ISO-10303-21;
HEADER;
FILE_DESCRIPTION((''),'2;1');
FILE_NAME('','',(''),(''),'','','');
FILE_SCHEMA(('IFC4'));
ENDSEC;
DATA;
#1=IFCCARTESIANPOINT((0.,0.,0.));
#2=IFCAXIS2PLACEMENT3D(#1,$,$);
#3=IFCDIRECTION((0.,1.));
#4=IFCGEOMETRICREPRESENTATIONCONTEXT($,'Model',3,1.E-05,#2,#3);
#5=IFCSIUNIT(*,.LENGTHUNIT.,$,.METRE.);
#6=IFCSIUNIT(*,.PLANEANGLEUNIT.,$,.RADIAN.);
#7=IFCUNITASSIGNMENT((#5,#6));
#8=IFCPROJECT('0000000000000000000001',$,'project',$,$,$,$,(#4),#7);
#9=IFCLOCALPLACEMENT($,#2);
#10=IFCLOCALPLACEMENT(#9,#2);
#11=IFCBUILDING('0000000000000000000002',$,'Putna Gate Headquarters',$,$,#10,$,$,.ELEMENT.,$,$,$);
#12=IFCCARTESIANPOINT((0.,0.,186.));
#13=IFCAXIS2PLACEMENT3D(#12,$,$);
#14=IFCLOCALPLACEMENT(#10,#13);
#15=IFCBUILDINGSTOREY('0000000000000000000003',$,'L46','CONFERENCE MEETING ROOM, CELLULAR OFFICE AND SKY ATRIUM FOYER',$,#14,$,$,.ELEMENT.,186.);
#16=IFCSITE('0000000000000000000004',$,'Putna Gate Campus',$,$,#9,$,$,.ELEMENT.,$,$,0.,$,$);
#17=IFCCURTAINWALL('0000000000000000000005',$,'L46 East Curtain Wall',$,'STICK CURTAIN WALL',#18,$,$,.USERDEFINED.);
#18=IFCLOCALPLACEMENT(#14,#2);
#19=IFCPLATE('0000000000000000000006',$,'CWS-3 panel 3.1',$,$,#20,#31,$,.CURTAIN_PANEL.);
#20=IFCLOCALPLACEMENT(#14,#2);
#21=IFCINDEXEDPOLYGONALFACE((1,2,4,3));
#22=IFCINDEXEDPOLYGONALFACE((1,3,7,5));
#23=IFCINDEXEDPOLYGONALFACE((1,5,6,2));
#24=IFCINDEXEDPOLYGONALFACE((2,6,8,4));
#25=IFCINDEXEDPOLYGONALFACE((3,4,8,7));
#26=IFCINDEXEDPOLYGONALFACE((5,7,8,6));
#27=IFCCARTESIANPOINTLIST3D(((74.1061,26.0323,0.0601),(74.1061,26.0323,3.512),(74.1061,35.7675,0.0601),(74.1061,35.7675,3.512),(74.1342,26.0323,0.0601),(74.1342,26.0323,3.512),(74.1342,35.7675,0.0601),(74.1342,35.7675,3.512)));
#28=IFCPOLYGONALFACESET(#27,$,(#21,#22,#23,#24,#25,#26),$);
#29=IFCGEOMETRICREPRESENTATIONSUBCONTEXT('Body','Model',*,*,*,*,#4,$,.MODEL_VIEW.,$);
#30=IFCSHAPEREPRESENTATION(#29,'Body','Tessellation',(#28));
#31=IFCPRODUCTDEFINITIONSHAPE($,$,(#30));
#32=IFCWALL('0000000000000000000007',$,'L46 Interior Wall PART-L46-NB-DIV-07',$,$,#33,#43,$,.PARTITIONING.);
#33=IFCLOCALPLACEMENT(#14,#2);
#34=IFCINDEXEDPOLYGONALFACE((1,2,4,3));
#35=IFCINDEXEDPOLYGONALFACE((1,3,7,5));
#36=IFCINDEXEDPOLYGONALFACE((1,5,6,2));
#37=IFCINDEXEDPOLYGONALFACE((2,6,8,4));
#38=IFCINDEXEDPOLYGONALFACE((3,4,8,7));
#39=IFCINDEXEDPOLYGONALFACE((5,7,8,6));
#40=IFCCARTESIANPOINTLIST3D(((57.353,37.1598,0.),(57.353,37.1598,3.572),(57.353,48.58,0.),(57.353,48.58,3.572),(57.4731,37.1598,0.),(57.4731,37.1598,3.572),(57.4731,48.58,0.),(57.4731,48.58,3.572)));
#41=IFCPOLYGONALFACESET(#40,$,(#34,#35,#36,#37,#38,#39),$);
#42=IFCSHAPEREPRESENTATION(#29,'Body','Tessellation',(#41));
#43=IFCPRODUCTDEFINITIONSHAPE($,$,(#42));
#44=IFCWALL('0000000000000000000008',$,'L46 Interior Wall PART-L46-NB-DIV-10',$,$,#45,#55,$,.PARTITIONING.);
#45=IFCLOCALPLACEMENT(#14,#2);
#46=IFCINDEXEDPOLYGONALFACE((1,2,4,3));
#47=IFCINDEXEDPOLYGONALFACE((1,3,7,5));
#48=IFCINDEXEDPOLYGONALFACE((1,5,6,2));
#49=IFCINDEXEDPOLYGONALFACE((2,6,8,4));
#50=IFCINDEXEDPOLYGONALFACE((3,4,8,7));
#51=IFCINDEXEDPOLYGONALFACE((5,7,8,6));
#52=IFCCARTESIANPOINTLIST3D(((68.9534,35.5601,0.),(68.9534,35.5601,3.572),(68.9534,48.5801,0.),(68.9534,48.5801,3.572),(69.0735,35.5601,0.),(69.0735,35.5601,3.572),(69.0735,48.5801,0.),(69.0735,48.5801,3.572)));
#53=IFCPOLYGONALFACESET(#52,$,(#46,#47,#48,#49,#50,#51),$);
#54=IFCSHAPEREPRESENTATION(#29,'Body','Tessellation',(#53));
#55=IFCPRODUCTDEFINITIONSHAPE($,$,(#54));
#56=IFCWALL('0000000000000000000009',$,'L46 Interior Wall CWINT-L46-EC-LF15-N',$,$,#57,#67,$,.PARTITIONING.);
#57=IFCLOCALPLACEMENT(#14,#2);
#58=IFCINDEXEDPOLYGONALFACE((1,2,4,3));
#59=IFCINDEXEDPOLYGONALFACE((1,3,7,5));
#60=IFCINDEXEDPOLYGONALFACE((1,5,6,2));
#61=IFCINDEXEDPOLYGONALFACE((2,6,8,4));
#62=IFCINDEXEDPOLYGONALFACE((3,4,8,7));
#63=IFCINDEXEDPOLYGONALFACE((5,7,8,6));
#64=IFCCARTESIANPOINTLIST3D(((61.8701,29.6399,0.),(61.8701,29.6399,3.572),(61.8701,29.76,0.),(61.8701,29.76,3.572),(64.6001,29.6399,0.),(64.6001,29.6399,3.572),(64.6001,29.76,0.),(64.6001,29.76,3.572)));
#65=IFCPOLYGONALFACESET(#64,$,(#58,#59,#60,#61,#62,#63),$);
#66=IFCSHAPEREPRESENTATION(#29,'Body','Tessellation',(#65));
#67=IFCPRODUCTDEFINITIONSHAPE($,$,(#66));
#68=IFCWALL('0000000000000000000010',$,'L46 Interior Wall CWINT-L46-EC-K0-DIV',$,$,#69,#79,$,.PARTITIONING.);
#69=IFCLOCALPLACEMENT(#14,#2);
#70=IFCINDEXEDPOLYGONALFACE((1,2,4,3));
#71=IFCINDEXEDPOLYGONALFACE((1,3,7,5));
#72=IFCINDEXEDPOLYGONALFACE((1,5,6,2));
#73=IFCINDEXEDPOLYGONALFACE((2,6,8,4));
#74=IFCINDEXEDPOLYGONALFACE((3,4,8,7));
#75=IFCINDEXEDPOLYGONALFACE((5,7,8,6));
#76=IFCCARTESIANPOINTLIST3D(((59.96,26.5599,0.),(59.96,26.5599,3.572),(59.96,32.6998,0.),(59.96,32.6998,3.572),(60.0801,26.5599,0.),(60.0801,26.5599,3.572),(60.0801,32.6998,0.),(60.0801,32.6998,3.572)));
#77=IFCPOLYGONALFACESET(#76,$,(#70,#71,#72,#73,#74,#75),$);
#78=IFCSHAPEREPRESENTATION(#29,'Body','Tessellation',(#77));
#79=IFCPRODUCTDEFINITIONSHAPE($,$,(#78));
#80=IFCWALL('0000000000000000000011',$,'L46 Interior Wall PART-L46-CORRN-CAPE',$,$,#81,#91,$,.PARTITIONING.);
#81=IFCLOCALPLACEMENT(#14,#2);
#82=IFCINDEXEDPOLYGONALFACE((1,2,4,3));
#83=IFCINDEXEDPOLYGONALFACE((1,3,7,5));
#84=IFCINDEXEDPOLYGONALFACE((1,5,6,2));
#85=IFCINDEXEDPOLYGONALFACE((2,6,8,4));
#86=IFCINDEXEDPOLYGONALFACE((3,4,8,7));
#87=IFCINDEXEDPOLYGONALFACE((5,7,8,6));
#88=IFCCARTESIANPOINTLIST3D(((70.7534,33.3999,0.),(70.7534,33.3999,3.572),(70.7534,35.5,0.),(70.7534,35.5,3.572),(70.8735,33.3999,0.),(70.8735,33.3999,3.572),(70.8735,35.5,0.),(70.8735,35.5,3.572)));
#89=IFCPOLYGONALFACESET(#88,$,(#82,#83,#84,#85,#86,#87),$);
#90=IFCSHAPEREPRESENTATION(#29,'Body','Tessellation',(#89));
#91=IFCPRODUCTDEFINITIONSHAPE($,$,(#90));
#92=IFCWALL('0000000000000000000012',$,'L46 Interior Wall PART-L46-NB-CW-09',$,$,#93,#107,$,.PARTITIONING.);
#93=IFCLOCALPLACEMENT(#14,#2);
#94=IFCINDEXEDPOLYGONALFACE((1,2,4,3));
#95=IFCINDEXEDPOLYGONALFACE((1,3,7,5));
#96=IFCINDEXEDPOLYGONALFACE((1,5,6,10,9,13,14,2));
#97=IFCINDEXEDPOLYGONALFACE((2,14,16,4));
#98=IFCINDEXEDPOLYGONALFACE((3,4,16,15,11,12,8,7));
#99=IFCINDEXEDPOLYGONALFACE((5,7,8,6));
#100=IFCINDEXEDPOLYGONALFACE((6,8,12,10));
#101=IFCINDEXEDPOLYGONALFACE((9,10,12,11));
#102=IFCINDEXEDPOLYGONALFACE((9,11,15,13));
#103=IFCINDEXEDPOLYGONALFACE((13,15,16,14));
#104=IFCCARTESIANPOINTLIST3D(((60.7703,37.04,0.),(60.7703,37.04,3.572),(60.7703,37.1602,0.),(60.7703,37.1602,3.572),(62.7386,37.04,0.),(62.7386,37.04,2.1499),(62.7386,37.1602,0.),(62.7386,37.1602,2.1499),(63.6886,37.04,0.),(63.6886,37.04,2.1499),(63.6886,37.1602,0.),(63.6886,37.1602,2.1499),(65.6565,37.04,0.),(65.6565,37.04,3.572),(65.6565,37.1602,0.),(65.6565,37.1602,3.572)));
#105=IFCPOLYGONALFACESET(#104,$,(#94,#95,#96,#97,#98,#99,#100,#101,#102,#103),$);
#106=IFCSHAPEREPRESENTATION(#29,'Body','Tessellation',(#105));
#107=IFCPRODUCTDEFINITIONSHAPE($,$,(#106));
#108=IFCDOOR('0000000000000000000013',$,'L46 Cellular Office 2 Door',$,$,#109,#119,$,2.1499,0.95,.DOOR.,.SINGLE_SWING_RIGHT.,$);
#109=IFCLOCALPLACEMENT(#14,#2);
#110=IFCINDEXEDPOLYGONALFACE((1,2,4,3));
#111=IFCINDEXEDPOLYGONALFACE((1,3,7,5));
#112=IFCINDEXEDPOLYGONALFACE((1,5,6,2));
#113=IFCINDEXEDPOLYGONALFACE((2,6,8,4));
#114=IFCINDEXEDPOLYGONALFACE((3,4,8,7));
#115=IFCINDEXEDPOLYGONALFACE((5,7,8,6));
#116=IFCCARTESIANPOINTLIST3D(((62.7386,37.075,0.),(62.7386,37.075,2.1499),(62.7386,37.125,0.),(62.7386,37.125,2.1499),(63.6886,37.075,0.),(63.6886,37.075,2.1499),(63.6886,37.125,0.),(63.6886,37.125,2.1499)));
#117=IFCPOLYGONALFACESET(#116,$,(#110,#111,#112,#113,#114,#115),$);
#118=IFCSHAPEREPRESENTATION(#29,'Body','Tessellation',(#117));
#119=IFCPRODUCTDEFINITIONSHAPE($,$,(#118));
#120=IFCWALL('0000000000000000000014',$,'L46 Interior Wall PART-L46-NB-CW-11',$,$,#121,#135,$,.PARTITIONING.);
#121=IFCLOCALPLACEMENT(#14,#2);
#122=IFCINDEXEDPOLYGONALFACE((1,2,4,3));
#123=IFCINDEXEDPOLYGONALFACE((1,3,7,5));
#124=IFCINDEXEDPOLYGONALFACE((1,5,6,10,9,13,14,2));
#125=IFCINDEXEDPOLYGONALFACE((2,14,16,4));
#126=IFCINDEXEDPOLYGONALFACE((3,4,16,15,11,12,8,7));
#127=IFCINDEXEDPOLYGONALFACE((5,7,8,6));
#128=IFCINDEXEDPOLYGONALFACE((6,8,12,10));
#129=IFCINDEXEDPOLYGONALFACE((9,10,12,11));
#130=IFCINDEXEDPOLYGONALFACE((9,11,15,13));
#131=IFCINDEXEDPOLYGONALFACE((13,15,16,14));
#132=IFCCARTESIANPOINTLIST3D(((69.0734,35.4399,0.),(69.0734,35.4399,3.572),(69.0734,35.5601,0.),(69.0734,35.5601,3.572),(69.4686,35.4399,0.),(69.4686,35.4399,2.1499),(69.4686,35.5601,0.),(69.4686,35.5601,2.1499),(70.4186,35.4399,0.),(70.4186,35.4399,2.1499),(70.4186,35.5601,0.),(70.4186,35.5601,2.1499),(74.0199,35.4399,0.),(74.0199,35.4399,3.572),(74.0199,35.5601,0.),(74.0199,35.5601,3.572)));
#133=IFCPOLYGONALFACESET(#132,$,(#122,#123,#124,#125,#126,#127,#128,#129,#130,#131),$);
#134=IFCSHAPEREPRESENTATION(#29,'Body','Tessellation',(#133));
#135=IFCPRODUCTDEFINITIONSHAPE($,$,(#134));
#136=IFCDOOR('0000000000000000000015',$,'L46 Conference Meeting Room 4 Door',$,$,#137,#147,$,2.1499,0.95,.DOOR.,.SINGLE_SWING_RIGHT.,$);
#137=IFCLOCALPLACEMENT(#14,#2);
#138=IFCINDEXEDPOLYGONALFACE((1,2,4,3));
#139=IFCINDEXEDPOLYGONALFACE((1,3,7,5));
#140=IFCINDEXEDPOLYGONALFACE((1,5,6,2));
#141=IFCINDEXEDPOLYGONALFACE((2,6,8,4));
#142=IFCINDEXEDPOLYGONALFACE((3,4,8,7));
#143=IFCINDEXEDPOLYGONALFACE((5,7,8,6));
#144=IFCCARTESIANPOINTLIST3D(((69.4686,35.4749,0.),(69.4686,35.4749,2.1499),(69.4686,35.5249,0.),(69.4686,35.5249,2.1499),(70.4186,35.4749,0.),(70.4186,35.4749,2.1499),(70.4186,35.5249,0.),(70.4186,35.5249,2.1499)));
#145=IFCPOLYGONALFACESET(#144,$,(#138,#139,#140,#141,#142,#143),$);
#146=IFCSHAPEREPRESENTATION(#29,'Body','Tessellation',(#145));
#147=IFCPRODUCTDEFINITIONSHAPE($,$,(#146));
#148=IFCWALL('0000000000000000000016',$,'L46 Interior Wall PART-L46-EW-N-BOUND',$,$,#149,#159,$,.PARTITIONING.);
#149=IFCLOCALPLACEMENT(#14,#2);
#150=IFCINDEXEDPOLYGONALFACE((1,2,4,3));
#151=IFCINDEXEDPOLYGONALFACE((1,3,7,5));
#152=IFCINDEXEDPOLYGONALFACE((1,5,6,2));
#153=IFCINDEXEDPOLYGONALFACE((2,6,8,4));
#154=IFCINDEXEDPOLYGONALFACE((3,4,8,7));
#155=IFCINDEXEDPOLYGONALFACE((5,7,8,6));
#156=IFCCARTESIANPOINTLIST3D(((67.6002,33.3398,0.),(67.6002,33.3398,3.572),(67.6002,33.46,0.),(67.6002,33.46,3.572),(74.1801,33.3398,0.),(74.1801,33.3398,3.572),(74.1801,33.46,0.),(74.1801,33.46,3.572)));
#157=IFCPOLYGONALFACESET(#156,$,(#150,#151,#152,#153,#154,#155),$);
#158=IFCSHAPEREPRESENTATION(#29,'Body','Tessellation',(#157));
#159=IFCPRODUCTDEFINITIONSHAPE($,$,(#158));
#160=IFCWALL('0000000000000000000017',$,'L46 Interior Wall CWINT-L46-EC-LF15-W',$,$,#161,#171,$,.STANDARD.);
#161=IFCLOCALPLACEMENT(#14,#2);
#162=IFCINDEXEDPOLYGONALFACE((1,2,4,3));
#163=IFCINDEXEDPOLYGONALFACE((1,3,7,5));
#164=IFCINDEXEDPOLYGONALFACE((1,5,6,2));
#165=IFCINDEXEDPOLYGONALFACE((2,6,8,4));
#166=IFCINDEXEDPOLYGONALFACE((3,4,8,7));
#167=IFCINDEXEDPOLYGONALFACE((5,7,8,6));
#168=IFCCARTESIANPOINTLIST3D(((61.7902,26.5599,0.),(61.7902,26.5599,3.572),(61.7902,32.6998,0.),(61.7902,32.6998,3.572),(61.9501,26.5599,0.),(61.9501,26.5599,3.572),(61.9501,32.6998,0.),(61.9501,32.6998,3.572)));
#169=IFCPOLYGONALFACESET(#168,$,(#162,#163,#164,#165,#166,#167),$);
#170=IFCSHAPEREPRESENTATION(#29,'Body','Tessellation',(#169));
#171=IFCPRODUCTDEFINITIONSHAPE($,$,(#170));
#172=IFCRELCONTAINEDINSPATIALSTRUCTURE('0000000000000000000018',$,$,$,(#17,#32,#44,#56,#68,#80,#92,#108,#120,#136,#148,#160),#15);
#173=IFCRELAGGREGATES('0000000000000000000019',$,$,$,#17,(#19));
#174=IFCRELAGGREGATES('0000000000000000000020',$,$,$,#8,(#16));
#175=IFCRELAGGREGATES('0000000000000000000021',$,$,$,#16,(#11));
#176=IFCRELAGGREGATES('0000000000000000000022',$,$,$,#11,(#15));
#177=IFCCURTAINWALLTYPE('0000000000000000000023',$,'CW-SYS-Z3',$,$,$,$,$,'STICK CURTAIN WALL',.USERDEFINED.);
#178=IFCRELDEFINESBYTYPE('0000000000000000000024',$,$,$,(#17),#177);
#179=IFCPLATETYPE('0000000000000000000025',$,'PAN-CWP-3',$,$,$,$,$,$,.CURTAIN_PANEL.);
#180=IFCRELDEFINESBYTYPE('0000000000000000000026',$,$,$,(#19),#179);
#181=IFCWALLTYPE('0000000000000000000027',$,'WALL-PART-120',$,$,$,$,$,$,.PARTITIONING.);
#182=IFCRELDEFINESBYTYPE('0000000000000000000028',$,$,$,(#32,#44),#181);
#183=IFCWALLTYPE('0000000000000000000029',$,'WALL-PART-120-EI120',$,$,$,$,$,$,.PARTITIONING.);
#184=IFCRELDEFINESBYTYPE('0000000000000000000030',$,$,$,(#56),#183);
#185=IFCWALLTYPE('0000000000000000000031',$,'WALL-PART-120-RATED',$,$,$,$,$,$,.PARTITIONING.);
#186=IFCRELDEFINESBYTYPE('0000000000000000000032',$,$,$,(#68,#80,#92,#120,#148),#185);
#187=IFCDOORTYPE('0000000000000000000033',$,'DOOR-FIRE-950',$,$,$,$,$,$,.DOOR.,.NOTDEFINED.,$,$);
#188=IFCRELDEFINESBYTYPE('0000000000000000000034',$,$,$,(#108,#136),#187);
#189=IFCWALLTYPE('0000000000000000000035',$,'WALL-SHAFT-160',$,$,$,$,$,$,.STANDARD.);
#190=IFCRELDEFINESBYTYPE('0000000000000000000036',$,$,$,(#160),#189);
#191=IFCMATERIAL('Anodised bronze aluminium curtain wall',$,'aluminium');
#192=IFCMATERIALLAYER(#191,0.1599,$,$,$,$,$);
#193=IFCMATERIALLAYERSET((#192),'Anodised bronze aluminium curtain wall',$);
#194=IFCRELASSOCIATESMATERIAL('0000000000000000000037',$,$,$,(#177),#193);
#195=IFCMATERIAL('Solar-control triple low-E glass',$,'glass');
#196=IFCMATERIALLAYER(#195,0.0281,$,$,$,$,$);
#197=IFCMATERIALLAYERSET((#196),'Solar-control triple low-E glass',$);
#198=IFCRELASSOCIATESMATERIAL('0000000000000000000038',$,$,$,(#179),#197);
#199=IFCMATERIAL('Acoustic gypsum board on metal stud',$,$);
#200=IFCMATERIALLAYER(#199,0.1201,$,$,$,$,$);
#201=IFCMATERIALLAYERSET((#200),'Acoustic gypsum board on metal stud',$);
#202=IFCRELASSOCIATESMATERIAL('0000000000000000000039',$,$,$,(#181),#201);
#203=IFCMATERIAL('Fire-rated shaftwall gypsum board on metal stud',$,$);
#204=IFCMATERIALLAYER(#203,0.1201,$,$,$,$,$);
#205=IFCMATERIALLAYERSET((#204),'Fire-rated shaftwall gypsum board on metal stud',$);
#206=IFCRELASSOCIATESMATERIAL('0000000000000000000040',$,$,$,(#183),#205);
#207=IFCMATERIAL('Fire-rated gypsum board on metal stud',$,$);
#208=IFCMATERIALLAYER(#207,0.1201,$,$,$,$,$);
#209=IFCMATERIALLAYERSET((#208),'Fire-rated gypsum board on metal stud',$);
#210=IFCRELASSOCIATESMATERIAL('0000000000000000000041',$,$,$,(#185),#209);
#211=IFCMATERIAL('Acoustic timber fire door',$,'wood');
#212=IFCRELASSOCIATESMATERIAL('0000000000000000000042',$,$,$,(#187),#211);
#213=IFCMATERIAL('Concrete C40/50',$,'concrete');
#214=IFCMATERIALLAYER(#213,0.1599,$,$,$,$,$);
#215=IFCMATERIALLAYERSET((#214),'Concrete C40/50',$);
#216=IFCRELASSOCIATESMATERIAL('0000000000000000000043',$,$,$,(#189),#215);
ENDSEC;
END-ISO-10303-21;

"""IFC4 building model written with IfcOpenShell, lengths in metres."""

from ifc_helpers import new_model, si_unit, direction, frame, frame_2d, origin, origin_2d, place, context, subcontext, project, spatial, rectangle, extrude, material, layer, layer_set, type_object, element, fill, aggregate, save


model = new_model("IFC4")

# Units and contexts
model_context = context("Model", 3, precision=1e-05, world=origin(), true_north=direction((0.0, 1.0)))
body_context = subcontext(model_context, "Body", "Model", "MODEL_VIEW")
ifc_project = project(units=[si_unit("LENGTHUNIT", "METRE"), si_unit("PLANEANGLEUNIT", "RADIAN")], contexts=[model_context])

# Site, building, storey
site_placement = place(None, origin())
site = spatial("IfcSite", under=ifc_project, at=site_placement, Name="Putna Gate Campus", CompositionType="ELEMENT", RefElevation=0.0)
building_placement = place(site_placement, origin())
building = spatial("IfcBuilding", under=site, at=building_placement, Name="Putna Gate Headquarters", CompositionType="ELEMENT")
storey_placement = place(building_placement, frame((0.0, 0.0, 186.0)))
storey = spatial("IfcBuildingStorey", under=building, at=storey_placement, Name="L46", Description="CONFERENCE MEETING ROOM, CELLULAR OFFICE AND SKY ATRIUM FOYER", CompositionType="ELEMENT", Elevation=186.0)

# Curtain wall, plate
ifc_material_1 = material(Name="Anodised bronze aluminium curtain wall", Category="aluminium")
ifc_layer_1 = layer(ifc_material_1, 0.1599)
ifc_layer_set_1 = layer_set([ifc_layer_1], Name="Anodised bronze aluminium curtain wall")
curtain_wall_type = type_object("IfcCurtainWallType", Name="CW-SYS-Z3", ElementType="STICK CURTAIN WALL", PredefinedType="USERDEFINED", material=ifc_layer_set_1)
curtain_wall_placement = place(storey_placement, origin())
curtain_wall = element("IfcCurtainWall", 1, at=curtain_wall_placement, inside=storey, type_object=curtain_wall_type, Name="L46 East Curtain Wall", ObjectType="STICK CURTAIN WALL", PredefinedType="USERDEFINED")
ifc_material_2 = material(Name="Solar-control triple low-E glass", Category="glass")
ifc_layer_2 = layer(ifc_material_2, 0.0281)
ifc_layer_set_2 = layer_set([ifc_layer_2], Name="Solar-control triple low-E glass")
plate_type = type_object("IfcPlateType", Name="PAN-CWP-3", PredefinedType="CURTAIN_PANEL", material=ifc_layer_set_2)
plate_placement = place(storey_placement, frame((74.1201, 30.8999, 0.0601), z_axis=(0.0, 0.0, 1.0), x_axis=(0.0, 1.0, 0.0)))
plate = element("IfcPlate", 2, at=plate_placement, type_object=plate_type, Name="CWS-3 panel 3.1", PredefinedType="CURTAIN_PANEL", context=body_context, shape_type="SweptSolid", body=[
    extrude(rectangle(XDim=9.7351, YDim=0.0281, at=origin_2d()), origin(), (0.0, 0.0, 1.0), 3.4519),
])
aggregate(curtain_wall, [plate])

# Walls
ifc_material_3 = material(Name="Acoustic gypsum board on metal stud")
ifc_layer_3 = layer(ifc_material_3, 0.1201)
ifc_layer_set_3 = layer_set([ifc_layer_3], Name="Acoustic gypsum board on metal stud")
wall_type_1 = type_object("IfcWallType", Name="WALL-PART-120", PredefinedType="PARTITIONING", material=ifc_layer_set_3)
wall_1_placement = place(storey_placement, frame((57.4131, 37.1599, 0.0), z_axis=(0.0, 0.0, 1.0), x_axis=(0.0, 1.0, 0.0)))
element("IfcWall", 3, at=wall_1_placement, inside=storey, type_object=wall_type_1, Name="L46 Interior Wall PART-L46-NB-DIV-07", PredefinedType="PARTITIONING", context=body_context, shape_type="SweptSolid", body=[
    extrude(rectangle(XDim=11.4202, YDim=0.1201, at=frame_2d((5.71, 0.0))), origin(), (0.0, 0.0, 1.0), 3.572),
])
wall_2_placement = place(storey_placement, frame((69.0134, 35.5601, 0.0), z_axis=(0.0, 0.0, 1.0), x_axis=(0.0, 1.0, 0.0)))
element("IfcWall", 4, at=wall_2_placement, inside=storey, type_object=wall_type_1, Name="L46 Interior Wall PART-L46-NB-DIV-10", PredefinedType="PARTITIONING", context=body_context, shape_type="SweptSolid", body=[
    extrude(rectangle(XDim=13.02, YDim=0.1201, at=frame_2d((6.51, 0.0))), origin(), (0.0, 0.0, 1.0), 3.572),
])
ifc_material_4 = material(Name="Fire-rated shaftwall gypsum board on metal stud")
ifc_layer_4 = layer(ifc_material_4, 0.1201)
ifc_layer_set_4 = layer_set([ifc_layer_4], Name="Fire-rated shaftwall gypsum board on metal stud")
wall_type_2 = type_object("IfcWallType", Name="WALL-PART-120-EI120", PredefinedType="PARTITIONING", material=ifc_layer_set_4)
wall_3_placement = place(storey_placement, frame((61.8701, 29.7, 0.0), z_axis=(0.0, 0.0, 1.0), x_axis=(1.0, 0.0, 0.0)))
element("IfcWall", 5, at=wall_3_placement, inside=storey, type_object=wall_type_2, Name="L46 Interior Wall CWINT-L46-EC-LF15-N", PredefinedType="PARTITIONING", context=body_context, shape_type="SweptSolid", body=[
    extrude(rectangle(XDim=2.73, YDim=0.1201, at=frame_2d((1.365, 0.0))), origin(), (0.0, 0.0, 1.0), 3.572),
])
ifc_material_5 = material(Name="Fire-rated gypsum board on metal stud")
ifc_layer_5 = layer(ifc_material_5, 0.1201)
ifc_layer_set_5 = layer_set([ifc_layer_5], Name="Fire-rated gypsum board on metal stud")
wall_type_3 = type_object("IfcWallType", Name="WALL-PART-120-RATED", PredefinedType="PARTITIONING", material=ifc_layer_set_5)
wall_4_placement = place(storey_placement, frame((60.02, 26.5601, 0.0), z_axis=(0.0, 0.0, 1.0), x_axis=(0.0, 1.0, 0.0)))
element("IfcWall", 6, at=wall_4_placement, inside=storey, type_object=wall_type_3, Name="L46 Interior Wall CWINT-L46-EC-K0-DIV", PredefinedType="PARTITIONING", context=body_context, shape_type="SweptSolid", body=[
    extrude(rectangle(XDim=6.1399, YDim=0.1201, at=frame_2d((3.0698, 0.0))), origin(), (0.0, 0.0, 1.0), 3.572),
])
wall_5_placement = place(storey_placement, frame((70.8135, 33.3999, 0.0), z_axis=(0.0, 0.0, 1.0), x_axis=(0.0, 1.0, 0.0)))
element("IfcWall", 7, at=wall_5_placement, inside=storey, type_object=wall_type_3, Name="L46 Interior Wall PART-L46-CORRN-CAPE", PredefinedType="PARTITIONING", context=body_context, shape_type="SweptSolid", body=[
    extrude(rectangle(XDim=2.1001, YDim=0.1201, at=frame_2d((1.05, 0.0))), origin(), (0.0, 0.0, 1.0), 3.572),
])

# Walls, openings, doors
ifc_material_6 = material(Name="Acoustic timber fire door", Category="wood")
door_type = type_object("IfcDoorType", Name="DOOR-FIRE-950", OperationType="NOTDEFINED", PredefinedType="DOOR", material=ifc_material_6)
wall_6_placement = place(storey_placement, frame((60.7703, 37.1001, 0.0), z_axis=(0.0, 0.0, 1.0), x_axis=(1.0, 0.0, 0.0)))
wall_6 = element("IfcWall", 8, at=wall_6_placement, inside=storey, type_object=wall_type_3, Name="L46 Interior Wall PART-L46-NB-CW-09", PredefinedType="PARTITIONING", context=body_context, shape_type="SweptSolid", body=[
    extrude(rectangle(XDim=4.8862, YDim=0.1201, at=frame_2d((2.4431, 0.0))), origin(), (0.0, 0.0, 1.0), 3.572),
])
opening_1_placement = place(wall_6_placement, frame((1.9683, 0.0, 0.0)))
opening_1 = element("IfcOpeningElement", 9, at=opening_1_placement, cuts=wall_6, PredefinedType="OPENING", context=body_context, shape_type="SweptSolid", body=[
    extrude(rectangle(XDim=0.95, YDim=2.1499, at=frame_2d((0.4751, 1.075))), frame((0.0, 0.0701, 0.0), z_axis=(0.0, -1.0, 0.0), x_axis=(1.0, 0.0, 0.0)), (0.0, 0.0, 1.0), 0.1401),
])
door_1_placement = place(opening_1_placement, origin())
door_1 = element("IfcDoor", 10, at=door_1_placement, inside=storey, type_object=door_type, Name="L46 Cellular Office 2 Door", OperationType="SINGLE_SWING_RIGHT", OverallHeight=2.1499, OverallWidth=0.95, PredefinedType="DOOR", context=body_context, shape_type="SweptSolid", body=[
    extrude(rectangle(XDim=0.95, YDim=2.1499, at=frame_2d((0.4751, 1.075))), frame((0.0, 0.0249, 0.0), z_axis=(0.0, -1.0, 0.0), x_axis=(1.0, 0.0, 0.0)), (0.0, 0.0, 1.0), 0.05),
])
fill(opening_1, door_1)
wall_7_placement = place(storey_placement, frame((69.0735, 35.5, 0.0), z_axis=(0.0, 0.0, 1.0), x_axis=(1.0, 0.0, 0.0)))
wall_7 = element("IfcWall", 11, at=wall_7_placement, inside=storey, type_object=wall_type_3, Name="L46 Interior Wall PART-L46-NB-CW-11", PredefinedType="PARTITIONING", context=body_context, shape_type="SweptSolid", body=[
    extrude(rectangle(XDim=4.9465, YDim=0.1201, at=frame_2d((2.4731, 0.0))), origin(), (0.0, 0.0, 1.0), 3.572),
])
opening_2_placement = place(wall_7_placement, frame((0.395, 0.0, 0.0)))
opening_2 = element("IfcOpeningElement", 12, at=opening_2_placement, cuts=wall_7, PredefinedType="OPENING", context=body_context, shape_type="SweptSolid", body=[
    extrude(rectangle(XDim=0.95, YDim=2.1499, at=frame_2d((0.4751, 1.075))), frame((0.0, 0.0701, 0.0), z_axis=(0.0, -1.0, 0.0), x_axis=(1.0, 0.0, 0.0)), (0.0, 0.0, 1.0), 0.1401),
])
door_2_placement = place(opening_2_placement, origin())
door_2 = element("IfcDoor", 13, at=door_2_placement, inside=storey, type_object=door_type, Name="L46 Conference Meeting Room 4 Door", OperationType="SINGLE_SWING_RIGHT", OverallHeight=2.1499, OverallWidth=0.95, PredefinedType="DOOR", context=body_context, shape_type="SweptSolid", body=[
    extrude(rectangle(XDim=0.95, YDim=2.1499, at=frame_2d((0.4751, 1.075))), frame((0.0, 0.0249, 0.0), z_axis=(0.0, -1.0, 0.0), x_axis=(1.0, 0.0, 0.0)), (0.0, 0.0, 1.0), 0.05),
])
fill(opening_2, door_2)

# Walls
wall_8_placement = place(storey_placement, frame((67.6001, 33.3999, 0.0), z_axis=(0.0, 0.0, 1.0), x_axis=(1.0, 0.0, 0.0)))
element("IfcWall", 14, at=wall_8_placement, inside=storey, type_object=wall_type_3, Name="L46 Interior Wall PART-L46-EW-N-BOUND", PredefinedType="PARTITIONING", context=body_context, shape_type="SweptSolid", body=[
    extrude(rectangle(XDim=6.5798, YDim=0.1201, at=frame_2d((3.29, 0.0))), origin(), (0.0, 0.0, 1.0), 3.572),
])
ifc_material_7 = material(Name="Concrete C40/50", Category="concrete")
ifc_layer_6 = layer(ifc_material_7, 0.1599)
ifc_layer_set_6 = layer_set([ifc_layer_6], Name="Concrete C40/50")
wall_type_4 = type_object("IfcWallType", Name="WALL-SHAFT-160", PredefinedType="STANDARD", material=ifc_layer_set_6)
wall_9_placement = place(storey_placement, frame((61.8701, 26.5601, 0.0), z_axis=(0.0, 0.0, 1.0), x_axis=(0.0, 1.0, 0.0)))
element("IfcWall", 15, at=wall_9_placement, inside=storey, type_object=wall_type_4, Name="L46 Interior Wall CWINT-L46-EC-LF15-W", PredefinedType="STANDARD", context=body_context, shape_type="SweptSolid", body=[
    extrude(rectangle(XDim=6.1399, YDim=0.1599, at=frame_2d((3.0698, 0.0))), origin(), (0.0, 0.0, 1.0), 3.572),
])

save(model, "model.ifc")
